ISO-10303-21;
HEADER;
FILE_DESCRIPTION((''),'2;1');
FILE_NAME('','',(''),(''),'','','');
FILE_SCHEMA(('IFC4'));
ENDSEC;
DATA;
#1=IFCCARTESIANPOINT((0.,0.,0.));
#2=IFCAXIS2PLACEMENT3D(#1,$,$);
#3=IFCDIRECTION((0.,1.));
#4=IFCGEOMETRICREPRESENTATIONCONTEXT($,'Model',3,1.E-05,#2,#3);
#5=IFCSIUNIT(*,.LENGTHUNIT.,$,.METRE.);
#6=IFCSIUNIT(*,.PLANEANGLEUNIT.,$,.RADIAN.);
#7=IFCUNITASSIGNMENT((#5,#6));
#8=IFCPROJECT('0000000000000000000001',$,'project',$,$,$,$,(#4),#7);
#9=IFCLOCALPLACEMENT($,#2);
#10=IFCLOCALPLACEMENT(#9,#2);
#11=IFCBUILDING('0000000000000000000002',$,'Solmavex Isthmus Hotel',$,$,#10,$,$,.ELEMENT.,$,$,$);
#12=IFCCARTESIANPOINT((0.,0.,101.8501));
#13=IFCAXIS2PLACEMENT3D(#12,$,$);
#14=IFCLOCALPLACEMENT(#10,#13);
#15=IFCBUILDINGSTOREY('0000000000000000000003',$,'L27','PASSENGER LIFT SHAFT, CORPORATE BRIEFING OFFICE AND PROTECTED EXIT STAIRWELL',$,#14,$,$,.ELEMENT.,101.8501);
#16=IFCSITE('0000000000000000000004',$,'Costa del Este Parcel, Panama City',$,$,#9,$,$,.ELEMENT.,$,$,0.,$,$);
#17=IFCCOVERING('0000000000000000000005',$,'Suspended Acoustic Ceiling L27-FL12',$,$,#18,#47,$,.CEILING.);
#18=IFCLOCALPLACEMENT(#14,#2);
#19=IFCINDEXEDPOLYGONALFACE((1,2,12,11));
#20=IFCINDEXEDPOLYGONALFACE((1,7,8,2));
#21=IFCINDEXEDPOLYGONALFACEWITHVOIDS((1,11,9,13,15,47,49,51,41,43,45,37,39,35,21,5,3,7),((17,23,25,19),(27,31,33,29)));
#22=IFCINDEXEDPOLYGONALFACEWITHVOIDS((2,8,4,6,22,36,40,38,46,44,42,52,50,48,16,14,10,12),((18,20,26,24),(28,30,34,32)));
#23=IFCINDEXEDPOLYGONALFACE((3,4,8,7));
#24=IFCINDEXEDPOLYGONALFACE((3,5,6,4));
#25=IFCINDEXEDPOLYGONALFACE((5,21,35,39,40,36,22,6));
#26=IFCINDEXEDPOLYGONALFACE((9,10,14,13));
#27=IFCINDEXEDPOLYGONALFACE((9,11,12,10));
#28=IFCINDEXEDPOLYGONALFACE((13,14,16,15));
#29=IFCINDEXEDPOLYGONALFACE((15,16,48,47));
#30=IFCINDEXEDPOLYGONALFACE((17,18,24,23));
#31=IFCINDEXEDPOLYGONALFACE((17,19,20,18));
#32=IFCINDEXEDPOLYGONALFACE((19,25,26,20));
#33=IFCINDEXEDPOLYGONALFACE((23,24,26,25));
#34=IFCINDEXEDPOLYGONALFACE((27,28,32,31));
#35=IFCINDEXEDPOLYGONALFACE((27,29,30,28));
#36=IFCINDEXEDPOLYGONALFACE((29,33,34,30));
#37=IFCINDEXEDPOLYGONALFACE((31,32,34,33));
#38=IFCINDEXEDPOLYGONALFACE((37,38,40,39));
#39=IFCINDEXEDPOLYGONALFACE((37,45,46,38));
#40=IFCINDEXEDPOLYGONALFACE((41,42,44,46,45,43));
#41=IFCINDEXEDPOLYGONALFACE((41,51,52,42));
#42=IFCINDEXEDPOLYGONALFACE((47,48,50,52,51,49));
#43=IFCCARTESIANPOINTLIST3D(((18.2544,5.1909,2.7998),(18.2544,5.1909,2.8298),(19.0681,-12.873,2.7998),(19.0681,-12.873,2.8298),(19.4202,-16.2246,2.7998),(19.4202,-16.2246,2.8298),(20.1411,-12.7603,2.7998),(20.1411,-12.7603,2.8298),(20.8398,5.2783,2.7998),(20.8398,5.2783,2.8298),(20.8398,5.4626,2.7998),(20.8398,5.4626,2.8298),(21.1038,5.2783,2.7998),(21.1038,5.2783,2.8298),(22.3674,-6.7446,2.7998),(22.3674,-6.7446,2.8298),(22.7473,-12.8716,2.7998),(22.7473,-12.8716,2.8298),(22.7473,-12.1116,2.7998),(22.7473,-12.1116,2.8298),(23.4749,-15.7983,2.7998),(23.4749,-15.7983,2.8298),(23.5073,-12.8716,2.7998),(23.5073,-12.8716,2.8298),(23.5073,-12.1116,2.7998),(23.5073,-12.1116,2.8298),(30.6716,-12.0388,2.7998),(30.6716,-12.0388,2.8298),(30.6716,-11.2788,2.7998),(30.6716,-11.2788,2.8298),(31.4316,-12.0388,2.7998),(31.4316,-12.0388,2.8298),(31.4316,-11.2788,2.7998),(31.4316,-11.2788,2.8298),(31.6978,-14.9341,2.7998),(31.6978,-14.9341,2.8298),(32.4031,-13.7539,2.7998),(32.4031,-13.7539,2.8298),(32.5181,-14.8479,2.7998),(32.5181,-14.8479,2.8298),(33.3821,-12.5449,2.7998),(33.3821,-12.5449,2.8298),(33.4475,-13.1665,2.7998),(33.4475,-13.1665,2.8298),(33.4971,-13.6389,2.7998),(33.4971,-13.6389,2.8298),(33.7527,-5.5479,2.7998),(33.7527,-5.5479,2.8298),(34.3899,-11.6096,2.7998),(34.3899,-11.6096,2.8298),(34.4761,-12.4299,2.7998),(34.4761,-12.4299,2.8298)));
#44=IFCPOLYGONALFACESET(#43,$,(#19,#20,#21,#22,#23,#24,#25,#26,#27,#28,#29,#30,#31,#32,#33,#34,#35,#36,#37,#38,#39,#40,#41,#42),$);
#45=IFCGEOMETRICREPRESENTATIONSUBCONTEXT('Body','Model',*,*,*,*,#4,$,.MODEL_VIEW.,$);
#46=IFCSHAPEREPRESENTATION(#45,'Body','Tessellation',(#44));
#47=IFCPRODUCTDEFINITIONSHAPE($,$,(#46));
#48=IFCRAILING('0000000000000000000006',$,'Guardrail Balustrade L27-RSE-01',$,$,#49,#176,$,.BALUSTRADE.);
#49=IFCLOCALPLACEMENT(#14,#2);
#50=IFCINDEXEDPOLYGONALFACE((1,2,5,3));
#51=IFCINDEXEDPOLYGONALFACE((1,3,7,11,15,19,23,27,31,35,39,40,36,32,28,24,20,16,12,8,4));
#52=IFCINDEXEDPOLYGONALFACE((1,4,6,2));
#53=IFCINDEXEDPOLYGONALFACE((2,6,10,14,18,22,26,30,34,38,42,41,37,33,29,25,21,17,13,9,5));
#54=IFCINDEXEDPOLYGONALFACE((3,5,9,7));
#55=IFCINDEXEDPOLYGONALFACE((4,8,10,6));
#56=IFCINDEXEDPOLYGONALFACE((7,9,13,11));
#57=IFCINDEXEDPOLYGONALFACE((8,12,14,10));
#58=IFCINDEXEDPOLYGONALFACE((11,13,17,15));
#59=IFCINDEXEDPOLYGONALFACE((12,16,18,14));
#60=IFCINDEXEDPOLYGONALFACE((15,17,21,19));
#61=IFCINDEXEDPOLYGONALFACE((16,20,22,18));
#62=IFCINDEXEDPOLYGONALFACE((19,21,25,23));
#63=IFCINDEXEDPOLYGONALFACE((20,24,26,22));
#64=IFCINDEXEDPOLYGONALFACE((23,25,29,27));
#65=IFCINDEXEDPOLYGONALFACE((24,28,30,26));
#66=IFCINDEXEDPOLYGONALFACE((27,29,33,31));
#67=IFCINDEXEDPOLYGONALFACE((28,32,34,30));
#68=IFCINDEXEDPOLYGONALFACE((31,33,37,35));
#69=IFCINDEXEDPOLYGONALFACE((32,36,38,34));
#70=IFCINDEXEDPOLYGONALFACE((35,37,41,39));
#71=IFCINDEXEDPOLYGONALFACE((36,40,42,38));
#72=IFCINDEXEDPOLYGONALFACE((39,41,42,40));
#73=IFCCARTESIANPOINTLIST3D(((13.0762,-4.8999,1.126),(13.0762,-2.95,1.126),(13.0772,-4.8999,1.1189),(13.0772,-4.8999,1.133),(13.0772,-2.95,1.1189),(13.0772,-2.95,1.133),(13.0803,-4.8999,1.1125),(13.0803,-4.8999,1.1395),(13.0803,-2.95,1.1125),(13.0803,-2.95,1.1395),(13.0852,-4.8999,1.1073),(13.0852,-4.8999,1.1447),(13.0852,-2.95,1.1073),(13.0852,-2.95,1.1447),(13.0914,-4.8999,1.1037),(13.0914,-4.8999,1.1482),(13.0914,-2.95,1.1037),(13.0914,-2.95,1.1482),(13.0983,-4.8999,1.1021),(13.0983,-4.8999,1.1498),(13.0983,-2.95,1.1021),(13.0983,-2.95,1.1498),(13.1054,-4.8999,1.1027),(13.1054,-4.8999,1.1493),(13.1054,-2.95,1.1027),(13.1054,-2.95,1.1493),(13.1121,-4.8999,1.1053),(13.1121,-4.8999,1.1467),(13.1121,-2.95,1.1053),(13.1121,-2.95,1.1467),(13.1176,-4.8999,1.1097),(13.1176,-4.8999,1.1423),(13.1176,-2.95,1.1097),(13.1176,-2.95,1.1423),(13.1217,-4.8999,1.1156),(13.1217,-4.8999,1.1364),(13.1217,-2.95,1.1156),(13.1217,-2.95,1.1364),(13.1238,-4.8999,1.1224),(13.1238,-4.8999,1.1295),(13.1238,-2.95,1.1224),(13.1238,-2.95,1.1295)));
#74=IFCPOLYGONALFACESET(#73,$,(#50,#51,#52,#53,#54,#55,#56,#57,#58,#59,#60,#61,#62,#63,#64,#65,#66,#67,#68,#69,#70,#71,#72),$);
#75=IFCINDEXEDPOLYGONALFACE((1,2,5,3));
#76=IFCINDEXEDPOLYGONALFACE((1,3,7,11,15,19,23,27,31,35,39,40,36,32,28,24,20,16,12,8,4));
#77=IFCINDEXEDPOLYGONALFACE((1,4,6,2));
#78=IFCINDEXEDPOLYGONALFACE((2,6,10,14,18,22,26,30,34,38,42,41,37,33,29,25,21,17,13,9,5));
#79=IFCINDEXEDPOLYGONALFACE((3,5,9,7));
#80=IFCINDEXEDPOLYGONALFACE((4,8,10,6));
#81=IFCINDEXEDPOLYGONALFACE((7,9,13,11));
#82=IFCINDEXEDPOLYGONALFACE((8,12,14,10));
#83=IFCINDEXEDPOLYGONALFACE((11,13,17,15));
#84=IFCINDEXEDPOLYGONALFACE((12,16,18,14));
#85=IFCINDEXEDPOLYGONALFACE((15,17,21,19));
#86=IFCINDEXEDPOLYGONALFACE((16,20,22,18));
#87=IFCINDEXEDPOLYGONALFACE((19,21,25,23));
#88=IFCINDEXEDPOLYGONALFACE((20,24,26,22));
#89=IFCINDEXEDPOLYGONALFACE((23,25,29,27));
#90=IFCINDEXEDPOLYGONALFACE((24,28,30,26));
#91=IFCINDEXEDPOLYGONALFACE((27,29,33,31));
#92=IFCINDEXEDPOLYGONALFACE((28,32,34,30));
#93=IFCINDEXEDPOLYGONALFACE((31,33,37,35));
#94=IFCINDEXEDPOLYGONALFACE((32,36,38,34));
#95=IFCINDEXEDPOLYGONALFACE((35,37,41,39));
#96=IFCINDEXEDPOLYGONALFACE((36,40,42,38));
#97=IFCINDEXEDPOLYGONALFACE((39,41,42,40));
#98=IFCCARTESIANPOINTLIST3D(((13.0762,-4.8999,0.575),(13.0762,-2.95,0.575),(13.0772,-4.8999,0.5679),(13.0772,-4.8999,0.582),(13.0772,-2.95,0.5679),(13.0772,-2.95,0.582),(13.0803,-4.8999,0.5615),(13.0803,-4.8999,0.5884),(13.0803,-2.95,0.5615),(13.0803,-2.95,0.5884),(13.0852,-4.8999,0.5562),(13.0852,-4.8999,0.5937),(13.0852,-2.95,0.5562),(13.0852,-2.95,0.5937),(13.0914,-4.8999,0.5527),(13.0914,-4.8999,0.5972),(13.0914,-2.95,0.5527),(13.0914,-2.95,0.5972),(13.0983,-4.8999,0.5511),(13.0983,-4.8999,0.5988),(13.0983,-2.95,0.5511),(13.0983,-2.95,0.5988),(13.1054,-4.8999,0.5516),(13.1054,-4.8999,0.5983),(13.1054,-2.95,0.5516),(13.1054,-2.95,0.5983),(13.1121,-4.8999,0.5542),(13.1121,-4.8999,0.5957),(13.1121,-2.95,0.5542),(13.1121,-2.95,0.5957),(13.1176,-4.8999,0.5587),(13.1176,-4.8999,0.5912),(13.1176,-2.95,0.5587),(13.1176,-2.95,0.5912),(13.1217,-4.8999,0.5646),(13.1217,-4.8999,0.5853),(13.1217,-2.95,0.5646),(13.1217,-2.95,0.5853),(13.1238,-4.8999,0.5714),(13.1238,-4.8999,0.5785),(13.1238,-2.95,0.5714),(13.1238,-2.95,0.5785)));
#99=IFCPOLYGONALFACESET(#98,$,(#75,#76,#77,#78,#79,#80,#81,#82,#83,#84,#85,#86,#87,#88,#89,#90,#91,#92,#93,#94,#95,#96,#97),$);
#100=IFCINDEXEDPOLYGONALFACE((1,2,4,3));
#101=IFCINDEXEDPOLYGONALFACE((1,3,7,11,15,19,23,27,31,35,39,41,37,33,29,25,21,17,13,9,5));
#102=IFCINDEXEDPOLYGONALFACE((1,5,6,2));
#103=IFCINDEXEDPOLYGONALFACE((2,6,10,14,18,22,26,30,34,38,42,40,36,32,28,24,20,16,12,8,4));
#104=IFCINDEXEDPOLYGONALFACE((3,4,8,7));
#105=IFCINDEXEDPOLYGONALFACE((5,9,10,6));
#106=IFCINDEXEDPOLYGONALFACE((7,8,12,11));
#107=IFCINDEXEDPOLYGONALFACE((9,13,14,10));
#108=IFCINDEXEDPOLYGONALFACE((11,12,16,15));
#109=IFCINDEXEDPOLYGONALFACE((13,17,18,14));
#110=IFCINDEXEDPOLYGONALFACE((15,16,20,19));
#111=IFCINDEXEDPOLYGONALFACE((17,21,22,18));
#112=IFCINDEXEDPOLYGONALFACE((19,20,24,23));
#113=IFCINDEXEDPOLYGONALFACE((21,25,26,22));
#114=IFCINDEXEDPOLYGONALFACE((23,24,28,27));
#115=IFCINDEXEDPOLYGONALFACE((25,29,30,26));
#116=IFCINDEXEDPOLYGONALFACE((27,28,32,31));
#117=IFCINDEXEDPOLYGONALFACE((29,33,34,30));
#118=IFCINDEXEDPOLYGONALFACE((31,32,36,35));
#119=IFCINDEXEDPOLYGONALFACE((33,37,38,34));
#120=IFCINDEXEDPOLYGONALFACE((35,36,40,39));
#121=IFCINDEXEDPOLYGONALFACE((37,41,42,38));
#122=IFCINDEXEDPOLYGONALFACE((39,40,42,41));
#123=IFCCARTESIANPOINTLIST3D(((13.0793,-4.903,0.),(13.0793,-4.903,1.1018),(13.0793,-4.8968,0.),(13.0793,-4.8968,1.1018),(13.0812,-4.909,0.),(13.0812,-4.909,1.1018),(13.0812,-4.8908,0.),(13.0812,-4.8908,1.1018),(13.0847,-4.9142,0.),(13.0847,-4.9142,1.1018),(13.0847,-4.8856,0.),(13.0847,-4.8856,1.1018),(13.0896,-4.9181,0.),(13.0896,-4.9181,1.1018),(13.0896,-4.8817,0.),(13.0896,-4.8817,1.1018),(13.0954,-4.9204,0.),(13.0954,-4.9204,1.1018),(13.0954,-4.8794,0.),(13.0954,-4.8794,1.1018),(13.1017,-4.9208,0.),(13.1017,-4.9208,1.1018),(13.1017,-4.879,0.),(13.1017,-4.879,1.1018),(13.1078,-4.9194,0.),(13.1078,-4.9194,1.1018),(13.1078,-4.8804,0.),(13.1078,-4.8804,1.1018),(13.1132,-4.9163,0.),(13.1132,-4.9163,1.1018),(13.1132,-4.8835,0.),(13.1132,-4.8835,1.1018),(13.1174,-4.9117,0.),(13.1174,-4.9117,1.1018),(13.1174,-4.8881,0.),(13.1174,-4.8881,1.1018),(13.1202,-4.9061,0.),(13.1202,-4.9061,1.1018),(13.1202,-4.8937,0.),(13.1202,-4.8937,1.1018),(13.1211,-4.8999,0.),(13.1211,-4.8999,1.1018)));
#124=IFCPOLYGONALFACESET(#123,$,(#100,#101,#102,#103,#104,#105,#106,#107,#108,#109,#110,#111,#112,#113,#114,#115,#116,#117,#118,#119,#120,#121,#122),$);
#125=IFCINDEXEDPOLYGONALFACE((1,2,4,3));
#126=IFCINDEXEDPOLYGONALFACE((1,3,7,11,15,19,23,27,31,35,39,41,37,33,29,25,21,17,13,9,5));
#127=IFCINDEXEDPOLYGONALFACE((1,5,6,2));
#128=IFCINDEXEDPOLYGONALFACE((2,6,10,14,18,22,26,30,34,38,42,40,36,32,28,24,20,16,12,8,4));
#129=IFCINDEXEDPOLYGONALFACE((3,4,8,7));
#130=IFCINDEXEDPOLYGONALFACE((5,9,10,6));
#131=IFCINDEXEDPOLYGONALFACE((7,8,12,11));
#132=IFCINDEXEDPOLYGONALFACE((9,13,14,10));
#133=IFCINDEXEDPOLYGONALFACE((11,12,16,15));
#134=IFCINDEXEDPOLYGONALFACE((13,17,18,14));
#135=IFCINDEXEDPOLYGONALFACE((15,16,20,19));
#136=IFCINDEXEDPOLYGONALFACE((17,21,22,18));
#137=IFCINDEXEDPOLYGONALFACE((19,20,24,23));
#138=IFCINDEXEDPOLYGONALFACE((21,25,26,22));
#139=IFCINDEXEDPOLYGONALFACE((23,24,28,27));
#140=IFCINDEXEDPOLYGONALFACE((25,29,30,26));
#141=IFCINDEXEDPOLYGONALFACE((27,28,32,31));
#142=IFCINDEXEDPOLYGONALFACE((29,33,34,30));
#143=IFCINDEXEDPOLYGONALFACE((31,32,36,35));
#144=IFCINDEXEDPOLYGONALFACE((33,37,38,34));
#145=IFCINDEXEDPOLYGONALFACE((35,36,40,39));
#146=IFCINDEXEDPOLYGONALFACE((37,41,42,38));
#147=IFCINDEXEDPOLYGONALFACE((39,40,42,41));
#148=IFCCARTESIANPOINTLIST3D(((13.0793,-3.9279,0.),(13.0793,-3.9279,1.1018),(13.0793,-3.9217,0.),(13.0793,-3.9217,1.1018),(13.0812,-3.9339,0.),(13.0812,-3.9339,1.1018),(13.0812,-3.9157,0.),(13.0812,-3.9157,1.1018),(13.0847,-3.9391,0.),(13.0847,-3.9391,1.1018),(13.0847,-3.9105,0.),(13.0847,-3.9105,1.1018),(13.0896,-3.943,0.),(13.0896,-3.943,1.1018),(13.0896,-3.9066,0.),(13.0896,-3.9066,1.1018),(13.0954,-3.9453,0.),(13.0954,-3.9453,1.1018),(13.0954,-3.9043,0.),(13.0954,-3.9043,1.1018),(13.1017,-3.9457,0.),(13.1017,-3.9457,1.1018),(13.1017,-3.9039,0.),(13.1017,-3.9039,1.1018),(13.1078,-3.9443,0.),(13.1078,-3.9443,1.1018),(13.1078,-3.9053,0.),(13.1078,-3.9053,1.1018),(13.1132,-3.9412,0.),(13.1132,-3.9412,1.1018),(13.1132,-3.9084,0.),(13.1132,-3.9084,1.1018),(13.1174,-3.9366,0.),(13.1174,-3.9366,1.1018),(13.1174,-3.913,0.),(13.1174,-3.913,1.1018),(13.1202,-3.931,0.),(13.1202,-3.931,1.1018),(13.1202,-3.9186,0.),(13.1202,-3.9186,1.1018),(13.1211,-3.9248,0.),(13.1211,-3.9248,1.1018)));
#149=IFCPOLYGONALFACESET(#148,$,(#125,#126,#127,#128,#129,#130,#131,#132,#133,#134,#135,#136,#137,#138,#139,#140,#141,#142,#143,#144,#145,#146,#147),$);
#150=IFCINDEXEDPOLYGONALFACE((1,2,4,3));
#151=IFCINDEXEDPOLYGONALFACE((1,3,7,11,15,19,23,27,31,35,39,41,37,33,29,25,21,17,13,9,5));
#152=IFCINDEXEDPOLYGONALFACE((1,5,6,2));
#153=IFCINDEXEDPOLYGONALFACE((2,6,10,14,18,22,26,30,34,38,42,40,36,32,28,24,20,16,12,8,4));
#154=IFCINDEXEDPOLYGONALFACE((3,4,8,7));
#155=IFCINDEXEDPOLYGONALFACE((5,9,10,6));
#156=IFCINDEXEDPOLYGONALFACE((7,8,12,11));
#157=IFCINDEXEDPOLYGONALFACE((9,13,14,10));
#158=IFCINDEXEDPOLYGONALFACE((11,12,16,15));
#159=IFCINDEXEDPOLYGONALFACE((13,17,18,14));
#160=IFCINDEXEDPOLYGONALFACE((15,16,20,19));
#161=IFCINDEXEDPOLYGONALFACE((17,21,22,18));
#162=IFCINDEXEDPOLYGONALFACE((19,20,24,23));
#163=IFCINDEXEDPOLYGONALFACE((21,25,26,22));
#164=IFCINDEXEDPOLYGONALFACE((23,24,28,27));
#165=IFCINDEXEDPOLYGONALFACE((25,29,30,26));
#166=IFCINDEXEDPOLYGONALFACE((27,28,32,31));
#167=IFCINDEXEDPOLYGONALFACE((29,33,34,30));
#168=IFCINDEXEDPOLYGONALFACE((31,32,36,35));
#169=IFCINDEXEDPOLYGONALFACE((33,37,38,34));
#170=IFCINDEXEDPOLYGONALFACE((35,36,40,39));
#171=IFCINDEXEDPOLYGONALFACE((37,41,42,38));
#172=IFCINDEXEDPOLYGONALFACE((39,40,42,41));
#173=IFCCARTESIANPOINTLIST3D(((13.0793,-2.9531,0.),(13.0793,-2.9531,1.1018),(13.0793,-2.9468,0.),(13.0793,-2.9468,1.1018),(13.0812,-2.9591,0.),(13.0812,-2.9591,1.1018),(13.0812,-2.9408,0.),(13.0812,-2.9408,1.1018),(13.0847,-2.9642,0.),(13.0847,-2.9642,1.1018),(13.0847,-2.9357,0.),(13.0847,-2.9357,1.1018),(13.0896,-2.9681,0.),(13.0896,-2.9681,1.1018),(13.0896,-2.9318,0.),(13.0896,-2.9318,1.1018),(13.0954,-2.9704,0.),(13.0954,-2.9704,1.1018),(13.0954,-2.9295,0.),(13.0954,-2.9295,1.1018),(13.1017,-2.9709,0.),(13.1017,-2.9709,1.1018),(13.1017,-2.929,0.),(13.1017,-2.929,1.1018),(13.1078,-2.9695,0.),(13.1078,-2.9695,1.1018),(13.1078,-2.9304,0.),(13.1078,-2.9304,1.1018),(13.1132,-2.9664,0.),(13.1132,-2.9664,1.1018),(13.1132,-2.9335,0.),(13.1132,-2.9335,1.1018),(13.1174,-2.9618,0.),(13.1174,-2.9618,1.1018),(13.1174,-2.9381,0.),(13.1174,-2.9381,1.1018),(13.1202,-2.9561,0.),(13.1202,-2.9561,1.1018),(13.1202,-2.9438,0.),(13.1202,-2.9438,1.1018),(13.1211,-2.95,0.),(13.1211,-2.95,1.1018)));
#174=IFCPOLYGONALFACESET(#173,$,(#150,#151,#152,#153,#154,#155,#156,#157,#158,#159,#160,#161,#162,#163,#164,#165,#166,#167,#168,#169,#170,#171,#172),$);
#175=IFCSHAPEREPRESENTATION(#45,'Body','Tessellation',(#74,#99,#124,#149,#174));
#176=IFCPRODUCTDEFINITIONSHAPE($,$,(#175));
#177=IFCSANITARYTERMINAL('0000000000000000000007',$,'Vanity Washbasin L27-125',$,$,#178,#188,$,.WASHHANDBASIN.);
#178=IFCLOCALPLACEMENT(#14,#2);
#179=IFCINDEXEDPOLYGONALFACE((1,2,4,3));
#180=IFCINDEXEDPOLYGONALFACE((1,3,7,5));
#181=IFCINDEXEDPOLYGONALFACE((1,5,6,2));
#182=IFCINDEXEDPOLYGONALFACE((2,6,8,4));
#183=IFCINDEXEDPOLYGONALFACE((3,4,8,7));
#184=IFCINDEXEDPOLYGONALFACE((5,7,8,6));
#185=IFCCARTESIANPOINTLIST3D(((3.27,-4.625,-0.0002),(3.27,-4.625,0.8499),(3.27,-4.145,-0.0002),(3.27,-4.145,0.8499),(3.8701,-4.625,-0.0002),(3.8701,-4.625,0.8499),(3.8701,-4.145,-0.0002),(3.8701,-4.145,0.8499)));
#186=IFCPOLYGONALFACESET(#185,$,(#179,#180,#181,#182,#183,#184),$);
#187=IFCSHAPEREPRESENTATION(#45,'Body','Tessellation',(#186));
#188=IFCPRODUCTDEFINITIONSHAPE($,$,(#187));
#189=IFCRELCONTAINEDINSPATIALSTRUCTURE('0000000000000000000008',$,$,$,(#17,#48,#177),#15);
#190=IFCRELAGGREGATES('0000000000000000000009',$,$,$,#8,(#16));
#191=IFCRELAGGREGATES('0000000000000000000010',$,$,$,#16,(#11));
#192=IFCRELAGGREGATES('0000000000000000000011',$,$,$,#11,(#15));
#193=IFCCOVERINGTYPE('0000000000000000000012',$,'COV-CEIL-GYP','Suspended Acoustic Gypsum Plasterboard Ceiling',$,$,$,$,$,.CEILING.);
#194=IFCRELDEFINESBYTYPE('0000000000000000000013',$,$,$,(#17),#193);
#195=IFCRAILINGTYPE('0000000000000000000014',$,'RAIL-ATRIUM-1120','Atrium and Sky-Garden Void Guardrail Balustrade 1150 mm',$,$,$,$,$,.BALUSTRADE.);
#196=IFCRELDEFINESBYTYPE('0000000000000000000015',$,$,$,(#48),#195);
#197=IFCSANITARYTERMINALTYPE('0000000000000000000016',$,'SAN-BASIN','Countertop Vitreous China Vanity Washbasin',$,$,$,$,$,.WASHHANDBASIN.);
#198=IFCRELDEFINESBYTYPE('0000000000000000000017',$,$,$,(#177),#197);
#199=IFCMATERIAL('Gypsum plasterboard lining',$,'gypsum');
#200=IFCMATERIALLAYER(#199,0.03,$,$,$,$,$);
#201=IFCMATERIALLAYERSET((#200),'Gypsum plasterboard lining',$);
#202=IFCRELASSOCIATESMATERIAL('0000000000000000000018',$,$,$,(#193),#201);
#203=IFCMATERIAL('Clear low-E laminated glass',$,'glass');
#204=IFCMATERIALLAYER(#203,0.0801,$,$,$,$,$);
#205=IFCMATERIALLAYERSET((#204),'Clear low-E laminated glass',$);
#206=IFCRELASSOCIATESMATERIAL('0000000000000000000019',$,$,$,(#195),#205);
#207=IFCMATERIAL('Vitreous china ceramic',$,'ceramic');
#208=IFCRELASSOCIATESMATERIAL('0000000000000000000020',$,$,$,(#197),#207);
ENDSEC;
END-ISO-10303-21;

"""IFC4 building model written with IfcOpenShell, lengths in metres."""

from ifc_helpers import new_model, si_unit, direction, frame, origin, origin_2d, place, context, subcontext, project, spatial, polyline, rectangle, circle, outline, extrude, material, layer, layer_set, type_object, element, save


model = new_model("IFC4")

# Units and contexts
model_context = context("Model", 3, precision=1e-05, world=origin(), true_north=direction((0.0, 1.0)))
body_context = subcontext(model_context, "Body", "Model", "MODEL_VIEW")
ifc_project = project(units=[si_unit("LENGTHUNIT", "METRE"), si_unit("PLANEANGLEUNIT", "RADIAN")], contexts=[model_context])

# Site, building, storey
site_placement = place(None, origin())
site = spatial("IfcSite", under=ifc_project, at=site_placement, Name="Costa del Este Parcel, Panama City", CompositionType="ELEMENT", RefElevation=0.0)
building_placement = place(site_placement, origin())
building = spatial("IfcBuilding", under=site, at=building_placement, Name="Solmavex Isthmus Hotel", CompositionType="ELEMENT")
storey_placement = place(building_placement, frame((0.0, 0.0, 101.8501)))
storey = spatial("IfcBuildingStorey", under=building, at=storey_placement, Name="L27", Description="PASSENGER LIFT SHAFT, CORPORATE BRIEFING OFFICE AND PROTECTED EXIT STAIRWELL", CompositionType="ELEMENT", Elevation=101.8501)

# Shared definitions
ifc_material_1 = material(Name="Gypsum plasterboard lining", Category="gypsum")

# Covering
ifc_layer_1 = layer(ifc_material_1, 0.03)
ifc_layer_set_1 = layer_set([ifc_layer_1], Name="Gypsum plasterboard lining")
covering_type = type_object("IfcCoveringType", Name="COV-CEIL-GYP", Description="Suspended Acoustic Gypsum Plasterboard Ceiling", PredefinedType="CEILING", material=ifc_layer_set_1)
covering_placement = place(storey_placement, frame((0.0, 0.0, 2.7998)))
element("IfcCovering", 1, at=covering_placement, inside=storey, type_object=covering_type, Name="Suspended Acoustic Ceiling L27-FL12", PredefinedType="CEILING", context=body_context, shape_type="SweptSolid", body=[
    extrude(outline(polyline([(21.1038, 5.2783), (20.8398, 5.2783), (20.8398, 5.4626), (18.2544, 5.1909), (20.1411, -12.7603), (19.0681, -12.873), (19.4202, -16.2246), (23.4749, -15.7983), (31.6978, -14.9341), (32.5181, -14.8479), (32.4031, -13.7539), (33.4971, -13.6389), (33.4475, -13.1665), (33.3821, -12.5449), (34.4761, -12.4299), (34.3899, -11.6096), (33.7527, -5.5479), (22.3674, -6.7446), (21.1038, 5.2783)]), holes=[polyline([(30.6716, -12.0388), (30.6716, -11.2788), (31.4316, -11.2788), (31.4316, -12.0388), (30.6716, -12.0388)]), polyline([(22.7473, -12.8716), (22.7473, -12.1116), (23.5073, -12.1116), (23.5073, -12.8716), (22.7473, -12.8716)])]), origin(), (0.0, 0.0, 1.0), 0.03),
])

# Railing
ifc_material_2 = material(Name="Clear low-E laminated glass", Category="glass")
ifc_layer_2 = layer(ifc_material_2, 0.0801)
ifc_layer_set_2 = layer_set([ifc_layer_2], Name="Clear low-E laminated glass")
railing_type = type_object("IfcRailingType", Name="RAIL-ATRIUM-1120", Description="Atrium and Sky-Garden Void Guardrail Balustrade 1150 mm", PredefinedType="BALUSTRADE", material=ifc_layer_set_2)
railing_placement = place(storey_placement, frame((13.1001, -4.8999, 0.0)))
element("IfcRailing", 2, at=railing_placement, inside=storey, type_object=railing_type, Name="Guardrail Balustrade L27-RSE-01", PredefinedType="BALUSTRADE", context=body_context, shape_type="SweptSolid", body=[
    extrude(circle(Radius=0.0239, at=origin_2d()), frame((0.0, 0.0, 1.126), z_axis=(0.0, 1.0, 0.0), x_axis=(-1.0, 0.0, 0.0)), (0.0, 0.0, 1.0), 1.95),
    extrude(circle(Radius=0.0239, at=origin_2d()), frame((0.0, 0.0, 0.575), z_axis=(0.0, 1.0, 0.0), x_axis=(-1.0, 0.0, 0.0)), (0.0, 0.0, 1.0), 1.95),
    extrude(circle(Radius=0.021, at=origin_2d()), origin(), (0.0, 0.0, 1.0), 1.1018),
    extrude(circle(Radius=0.021, at=origin_2d()), frame((0.0, 0.9751, 0.0)), (0.0, 0.0, 1.0), 1.1018),
    extrude(circle(Radius=0.021, at=origin_2d()), frame((0.0, 1.95, 0.0)), (0.0, 0.0, 1.0), 1.1018),
])

# Sanitary terminal
ifc_material_3 = material(Name="Vitreous china ceramic", Category="ceramic")
sanitary_terminal_type_1 = type_object("IfcSanitaryTerminalType", Name="SAN-BASIN", Description="Countertop Vitreous China Vanity Washbasin", PredefinedType="WASHHANDBASIN", material=ifc_material_3)
sanitary_terminal_1_placement = place(storey_placement, frame((3.5701, -4.385, -0.0002), z_axis=(0.0, 0.0, 1.0), x_axis=(1.0, 0.0, 0.0)))
element("IfcSanitaryTerminal", 3, at=sanitary_terminal_1_placement, inside=storey, type_object=sanitary_terminal_type_1, Name="Vanity Washbasin L27-125", PredefinedType="WASHHANDBASIN", context=body_context, shape_type="SweptSolid", body=[
    extrude(rectangle(XDim=0.6001, YDim=0.48, at=origin_2d()), origin(), (0.0, 0.0, 1.0), 0.8501),
])

save(model, "model.ifc")
